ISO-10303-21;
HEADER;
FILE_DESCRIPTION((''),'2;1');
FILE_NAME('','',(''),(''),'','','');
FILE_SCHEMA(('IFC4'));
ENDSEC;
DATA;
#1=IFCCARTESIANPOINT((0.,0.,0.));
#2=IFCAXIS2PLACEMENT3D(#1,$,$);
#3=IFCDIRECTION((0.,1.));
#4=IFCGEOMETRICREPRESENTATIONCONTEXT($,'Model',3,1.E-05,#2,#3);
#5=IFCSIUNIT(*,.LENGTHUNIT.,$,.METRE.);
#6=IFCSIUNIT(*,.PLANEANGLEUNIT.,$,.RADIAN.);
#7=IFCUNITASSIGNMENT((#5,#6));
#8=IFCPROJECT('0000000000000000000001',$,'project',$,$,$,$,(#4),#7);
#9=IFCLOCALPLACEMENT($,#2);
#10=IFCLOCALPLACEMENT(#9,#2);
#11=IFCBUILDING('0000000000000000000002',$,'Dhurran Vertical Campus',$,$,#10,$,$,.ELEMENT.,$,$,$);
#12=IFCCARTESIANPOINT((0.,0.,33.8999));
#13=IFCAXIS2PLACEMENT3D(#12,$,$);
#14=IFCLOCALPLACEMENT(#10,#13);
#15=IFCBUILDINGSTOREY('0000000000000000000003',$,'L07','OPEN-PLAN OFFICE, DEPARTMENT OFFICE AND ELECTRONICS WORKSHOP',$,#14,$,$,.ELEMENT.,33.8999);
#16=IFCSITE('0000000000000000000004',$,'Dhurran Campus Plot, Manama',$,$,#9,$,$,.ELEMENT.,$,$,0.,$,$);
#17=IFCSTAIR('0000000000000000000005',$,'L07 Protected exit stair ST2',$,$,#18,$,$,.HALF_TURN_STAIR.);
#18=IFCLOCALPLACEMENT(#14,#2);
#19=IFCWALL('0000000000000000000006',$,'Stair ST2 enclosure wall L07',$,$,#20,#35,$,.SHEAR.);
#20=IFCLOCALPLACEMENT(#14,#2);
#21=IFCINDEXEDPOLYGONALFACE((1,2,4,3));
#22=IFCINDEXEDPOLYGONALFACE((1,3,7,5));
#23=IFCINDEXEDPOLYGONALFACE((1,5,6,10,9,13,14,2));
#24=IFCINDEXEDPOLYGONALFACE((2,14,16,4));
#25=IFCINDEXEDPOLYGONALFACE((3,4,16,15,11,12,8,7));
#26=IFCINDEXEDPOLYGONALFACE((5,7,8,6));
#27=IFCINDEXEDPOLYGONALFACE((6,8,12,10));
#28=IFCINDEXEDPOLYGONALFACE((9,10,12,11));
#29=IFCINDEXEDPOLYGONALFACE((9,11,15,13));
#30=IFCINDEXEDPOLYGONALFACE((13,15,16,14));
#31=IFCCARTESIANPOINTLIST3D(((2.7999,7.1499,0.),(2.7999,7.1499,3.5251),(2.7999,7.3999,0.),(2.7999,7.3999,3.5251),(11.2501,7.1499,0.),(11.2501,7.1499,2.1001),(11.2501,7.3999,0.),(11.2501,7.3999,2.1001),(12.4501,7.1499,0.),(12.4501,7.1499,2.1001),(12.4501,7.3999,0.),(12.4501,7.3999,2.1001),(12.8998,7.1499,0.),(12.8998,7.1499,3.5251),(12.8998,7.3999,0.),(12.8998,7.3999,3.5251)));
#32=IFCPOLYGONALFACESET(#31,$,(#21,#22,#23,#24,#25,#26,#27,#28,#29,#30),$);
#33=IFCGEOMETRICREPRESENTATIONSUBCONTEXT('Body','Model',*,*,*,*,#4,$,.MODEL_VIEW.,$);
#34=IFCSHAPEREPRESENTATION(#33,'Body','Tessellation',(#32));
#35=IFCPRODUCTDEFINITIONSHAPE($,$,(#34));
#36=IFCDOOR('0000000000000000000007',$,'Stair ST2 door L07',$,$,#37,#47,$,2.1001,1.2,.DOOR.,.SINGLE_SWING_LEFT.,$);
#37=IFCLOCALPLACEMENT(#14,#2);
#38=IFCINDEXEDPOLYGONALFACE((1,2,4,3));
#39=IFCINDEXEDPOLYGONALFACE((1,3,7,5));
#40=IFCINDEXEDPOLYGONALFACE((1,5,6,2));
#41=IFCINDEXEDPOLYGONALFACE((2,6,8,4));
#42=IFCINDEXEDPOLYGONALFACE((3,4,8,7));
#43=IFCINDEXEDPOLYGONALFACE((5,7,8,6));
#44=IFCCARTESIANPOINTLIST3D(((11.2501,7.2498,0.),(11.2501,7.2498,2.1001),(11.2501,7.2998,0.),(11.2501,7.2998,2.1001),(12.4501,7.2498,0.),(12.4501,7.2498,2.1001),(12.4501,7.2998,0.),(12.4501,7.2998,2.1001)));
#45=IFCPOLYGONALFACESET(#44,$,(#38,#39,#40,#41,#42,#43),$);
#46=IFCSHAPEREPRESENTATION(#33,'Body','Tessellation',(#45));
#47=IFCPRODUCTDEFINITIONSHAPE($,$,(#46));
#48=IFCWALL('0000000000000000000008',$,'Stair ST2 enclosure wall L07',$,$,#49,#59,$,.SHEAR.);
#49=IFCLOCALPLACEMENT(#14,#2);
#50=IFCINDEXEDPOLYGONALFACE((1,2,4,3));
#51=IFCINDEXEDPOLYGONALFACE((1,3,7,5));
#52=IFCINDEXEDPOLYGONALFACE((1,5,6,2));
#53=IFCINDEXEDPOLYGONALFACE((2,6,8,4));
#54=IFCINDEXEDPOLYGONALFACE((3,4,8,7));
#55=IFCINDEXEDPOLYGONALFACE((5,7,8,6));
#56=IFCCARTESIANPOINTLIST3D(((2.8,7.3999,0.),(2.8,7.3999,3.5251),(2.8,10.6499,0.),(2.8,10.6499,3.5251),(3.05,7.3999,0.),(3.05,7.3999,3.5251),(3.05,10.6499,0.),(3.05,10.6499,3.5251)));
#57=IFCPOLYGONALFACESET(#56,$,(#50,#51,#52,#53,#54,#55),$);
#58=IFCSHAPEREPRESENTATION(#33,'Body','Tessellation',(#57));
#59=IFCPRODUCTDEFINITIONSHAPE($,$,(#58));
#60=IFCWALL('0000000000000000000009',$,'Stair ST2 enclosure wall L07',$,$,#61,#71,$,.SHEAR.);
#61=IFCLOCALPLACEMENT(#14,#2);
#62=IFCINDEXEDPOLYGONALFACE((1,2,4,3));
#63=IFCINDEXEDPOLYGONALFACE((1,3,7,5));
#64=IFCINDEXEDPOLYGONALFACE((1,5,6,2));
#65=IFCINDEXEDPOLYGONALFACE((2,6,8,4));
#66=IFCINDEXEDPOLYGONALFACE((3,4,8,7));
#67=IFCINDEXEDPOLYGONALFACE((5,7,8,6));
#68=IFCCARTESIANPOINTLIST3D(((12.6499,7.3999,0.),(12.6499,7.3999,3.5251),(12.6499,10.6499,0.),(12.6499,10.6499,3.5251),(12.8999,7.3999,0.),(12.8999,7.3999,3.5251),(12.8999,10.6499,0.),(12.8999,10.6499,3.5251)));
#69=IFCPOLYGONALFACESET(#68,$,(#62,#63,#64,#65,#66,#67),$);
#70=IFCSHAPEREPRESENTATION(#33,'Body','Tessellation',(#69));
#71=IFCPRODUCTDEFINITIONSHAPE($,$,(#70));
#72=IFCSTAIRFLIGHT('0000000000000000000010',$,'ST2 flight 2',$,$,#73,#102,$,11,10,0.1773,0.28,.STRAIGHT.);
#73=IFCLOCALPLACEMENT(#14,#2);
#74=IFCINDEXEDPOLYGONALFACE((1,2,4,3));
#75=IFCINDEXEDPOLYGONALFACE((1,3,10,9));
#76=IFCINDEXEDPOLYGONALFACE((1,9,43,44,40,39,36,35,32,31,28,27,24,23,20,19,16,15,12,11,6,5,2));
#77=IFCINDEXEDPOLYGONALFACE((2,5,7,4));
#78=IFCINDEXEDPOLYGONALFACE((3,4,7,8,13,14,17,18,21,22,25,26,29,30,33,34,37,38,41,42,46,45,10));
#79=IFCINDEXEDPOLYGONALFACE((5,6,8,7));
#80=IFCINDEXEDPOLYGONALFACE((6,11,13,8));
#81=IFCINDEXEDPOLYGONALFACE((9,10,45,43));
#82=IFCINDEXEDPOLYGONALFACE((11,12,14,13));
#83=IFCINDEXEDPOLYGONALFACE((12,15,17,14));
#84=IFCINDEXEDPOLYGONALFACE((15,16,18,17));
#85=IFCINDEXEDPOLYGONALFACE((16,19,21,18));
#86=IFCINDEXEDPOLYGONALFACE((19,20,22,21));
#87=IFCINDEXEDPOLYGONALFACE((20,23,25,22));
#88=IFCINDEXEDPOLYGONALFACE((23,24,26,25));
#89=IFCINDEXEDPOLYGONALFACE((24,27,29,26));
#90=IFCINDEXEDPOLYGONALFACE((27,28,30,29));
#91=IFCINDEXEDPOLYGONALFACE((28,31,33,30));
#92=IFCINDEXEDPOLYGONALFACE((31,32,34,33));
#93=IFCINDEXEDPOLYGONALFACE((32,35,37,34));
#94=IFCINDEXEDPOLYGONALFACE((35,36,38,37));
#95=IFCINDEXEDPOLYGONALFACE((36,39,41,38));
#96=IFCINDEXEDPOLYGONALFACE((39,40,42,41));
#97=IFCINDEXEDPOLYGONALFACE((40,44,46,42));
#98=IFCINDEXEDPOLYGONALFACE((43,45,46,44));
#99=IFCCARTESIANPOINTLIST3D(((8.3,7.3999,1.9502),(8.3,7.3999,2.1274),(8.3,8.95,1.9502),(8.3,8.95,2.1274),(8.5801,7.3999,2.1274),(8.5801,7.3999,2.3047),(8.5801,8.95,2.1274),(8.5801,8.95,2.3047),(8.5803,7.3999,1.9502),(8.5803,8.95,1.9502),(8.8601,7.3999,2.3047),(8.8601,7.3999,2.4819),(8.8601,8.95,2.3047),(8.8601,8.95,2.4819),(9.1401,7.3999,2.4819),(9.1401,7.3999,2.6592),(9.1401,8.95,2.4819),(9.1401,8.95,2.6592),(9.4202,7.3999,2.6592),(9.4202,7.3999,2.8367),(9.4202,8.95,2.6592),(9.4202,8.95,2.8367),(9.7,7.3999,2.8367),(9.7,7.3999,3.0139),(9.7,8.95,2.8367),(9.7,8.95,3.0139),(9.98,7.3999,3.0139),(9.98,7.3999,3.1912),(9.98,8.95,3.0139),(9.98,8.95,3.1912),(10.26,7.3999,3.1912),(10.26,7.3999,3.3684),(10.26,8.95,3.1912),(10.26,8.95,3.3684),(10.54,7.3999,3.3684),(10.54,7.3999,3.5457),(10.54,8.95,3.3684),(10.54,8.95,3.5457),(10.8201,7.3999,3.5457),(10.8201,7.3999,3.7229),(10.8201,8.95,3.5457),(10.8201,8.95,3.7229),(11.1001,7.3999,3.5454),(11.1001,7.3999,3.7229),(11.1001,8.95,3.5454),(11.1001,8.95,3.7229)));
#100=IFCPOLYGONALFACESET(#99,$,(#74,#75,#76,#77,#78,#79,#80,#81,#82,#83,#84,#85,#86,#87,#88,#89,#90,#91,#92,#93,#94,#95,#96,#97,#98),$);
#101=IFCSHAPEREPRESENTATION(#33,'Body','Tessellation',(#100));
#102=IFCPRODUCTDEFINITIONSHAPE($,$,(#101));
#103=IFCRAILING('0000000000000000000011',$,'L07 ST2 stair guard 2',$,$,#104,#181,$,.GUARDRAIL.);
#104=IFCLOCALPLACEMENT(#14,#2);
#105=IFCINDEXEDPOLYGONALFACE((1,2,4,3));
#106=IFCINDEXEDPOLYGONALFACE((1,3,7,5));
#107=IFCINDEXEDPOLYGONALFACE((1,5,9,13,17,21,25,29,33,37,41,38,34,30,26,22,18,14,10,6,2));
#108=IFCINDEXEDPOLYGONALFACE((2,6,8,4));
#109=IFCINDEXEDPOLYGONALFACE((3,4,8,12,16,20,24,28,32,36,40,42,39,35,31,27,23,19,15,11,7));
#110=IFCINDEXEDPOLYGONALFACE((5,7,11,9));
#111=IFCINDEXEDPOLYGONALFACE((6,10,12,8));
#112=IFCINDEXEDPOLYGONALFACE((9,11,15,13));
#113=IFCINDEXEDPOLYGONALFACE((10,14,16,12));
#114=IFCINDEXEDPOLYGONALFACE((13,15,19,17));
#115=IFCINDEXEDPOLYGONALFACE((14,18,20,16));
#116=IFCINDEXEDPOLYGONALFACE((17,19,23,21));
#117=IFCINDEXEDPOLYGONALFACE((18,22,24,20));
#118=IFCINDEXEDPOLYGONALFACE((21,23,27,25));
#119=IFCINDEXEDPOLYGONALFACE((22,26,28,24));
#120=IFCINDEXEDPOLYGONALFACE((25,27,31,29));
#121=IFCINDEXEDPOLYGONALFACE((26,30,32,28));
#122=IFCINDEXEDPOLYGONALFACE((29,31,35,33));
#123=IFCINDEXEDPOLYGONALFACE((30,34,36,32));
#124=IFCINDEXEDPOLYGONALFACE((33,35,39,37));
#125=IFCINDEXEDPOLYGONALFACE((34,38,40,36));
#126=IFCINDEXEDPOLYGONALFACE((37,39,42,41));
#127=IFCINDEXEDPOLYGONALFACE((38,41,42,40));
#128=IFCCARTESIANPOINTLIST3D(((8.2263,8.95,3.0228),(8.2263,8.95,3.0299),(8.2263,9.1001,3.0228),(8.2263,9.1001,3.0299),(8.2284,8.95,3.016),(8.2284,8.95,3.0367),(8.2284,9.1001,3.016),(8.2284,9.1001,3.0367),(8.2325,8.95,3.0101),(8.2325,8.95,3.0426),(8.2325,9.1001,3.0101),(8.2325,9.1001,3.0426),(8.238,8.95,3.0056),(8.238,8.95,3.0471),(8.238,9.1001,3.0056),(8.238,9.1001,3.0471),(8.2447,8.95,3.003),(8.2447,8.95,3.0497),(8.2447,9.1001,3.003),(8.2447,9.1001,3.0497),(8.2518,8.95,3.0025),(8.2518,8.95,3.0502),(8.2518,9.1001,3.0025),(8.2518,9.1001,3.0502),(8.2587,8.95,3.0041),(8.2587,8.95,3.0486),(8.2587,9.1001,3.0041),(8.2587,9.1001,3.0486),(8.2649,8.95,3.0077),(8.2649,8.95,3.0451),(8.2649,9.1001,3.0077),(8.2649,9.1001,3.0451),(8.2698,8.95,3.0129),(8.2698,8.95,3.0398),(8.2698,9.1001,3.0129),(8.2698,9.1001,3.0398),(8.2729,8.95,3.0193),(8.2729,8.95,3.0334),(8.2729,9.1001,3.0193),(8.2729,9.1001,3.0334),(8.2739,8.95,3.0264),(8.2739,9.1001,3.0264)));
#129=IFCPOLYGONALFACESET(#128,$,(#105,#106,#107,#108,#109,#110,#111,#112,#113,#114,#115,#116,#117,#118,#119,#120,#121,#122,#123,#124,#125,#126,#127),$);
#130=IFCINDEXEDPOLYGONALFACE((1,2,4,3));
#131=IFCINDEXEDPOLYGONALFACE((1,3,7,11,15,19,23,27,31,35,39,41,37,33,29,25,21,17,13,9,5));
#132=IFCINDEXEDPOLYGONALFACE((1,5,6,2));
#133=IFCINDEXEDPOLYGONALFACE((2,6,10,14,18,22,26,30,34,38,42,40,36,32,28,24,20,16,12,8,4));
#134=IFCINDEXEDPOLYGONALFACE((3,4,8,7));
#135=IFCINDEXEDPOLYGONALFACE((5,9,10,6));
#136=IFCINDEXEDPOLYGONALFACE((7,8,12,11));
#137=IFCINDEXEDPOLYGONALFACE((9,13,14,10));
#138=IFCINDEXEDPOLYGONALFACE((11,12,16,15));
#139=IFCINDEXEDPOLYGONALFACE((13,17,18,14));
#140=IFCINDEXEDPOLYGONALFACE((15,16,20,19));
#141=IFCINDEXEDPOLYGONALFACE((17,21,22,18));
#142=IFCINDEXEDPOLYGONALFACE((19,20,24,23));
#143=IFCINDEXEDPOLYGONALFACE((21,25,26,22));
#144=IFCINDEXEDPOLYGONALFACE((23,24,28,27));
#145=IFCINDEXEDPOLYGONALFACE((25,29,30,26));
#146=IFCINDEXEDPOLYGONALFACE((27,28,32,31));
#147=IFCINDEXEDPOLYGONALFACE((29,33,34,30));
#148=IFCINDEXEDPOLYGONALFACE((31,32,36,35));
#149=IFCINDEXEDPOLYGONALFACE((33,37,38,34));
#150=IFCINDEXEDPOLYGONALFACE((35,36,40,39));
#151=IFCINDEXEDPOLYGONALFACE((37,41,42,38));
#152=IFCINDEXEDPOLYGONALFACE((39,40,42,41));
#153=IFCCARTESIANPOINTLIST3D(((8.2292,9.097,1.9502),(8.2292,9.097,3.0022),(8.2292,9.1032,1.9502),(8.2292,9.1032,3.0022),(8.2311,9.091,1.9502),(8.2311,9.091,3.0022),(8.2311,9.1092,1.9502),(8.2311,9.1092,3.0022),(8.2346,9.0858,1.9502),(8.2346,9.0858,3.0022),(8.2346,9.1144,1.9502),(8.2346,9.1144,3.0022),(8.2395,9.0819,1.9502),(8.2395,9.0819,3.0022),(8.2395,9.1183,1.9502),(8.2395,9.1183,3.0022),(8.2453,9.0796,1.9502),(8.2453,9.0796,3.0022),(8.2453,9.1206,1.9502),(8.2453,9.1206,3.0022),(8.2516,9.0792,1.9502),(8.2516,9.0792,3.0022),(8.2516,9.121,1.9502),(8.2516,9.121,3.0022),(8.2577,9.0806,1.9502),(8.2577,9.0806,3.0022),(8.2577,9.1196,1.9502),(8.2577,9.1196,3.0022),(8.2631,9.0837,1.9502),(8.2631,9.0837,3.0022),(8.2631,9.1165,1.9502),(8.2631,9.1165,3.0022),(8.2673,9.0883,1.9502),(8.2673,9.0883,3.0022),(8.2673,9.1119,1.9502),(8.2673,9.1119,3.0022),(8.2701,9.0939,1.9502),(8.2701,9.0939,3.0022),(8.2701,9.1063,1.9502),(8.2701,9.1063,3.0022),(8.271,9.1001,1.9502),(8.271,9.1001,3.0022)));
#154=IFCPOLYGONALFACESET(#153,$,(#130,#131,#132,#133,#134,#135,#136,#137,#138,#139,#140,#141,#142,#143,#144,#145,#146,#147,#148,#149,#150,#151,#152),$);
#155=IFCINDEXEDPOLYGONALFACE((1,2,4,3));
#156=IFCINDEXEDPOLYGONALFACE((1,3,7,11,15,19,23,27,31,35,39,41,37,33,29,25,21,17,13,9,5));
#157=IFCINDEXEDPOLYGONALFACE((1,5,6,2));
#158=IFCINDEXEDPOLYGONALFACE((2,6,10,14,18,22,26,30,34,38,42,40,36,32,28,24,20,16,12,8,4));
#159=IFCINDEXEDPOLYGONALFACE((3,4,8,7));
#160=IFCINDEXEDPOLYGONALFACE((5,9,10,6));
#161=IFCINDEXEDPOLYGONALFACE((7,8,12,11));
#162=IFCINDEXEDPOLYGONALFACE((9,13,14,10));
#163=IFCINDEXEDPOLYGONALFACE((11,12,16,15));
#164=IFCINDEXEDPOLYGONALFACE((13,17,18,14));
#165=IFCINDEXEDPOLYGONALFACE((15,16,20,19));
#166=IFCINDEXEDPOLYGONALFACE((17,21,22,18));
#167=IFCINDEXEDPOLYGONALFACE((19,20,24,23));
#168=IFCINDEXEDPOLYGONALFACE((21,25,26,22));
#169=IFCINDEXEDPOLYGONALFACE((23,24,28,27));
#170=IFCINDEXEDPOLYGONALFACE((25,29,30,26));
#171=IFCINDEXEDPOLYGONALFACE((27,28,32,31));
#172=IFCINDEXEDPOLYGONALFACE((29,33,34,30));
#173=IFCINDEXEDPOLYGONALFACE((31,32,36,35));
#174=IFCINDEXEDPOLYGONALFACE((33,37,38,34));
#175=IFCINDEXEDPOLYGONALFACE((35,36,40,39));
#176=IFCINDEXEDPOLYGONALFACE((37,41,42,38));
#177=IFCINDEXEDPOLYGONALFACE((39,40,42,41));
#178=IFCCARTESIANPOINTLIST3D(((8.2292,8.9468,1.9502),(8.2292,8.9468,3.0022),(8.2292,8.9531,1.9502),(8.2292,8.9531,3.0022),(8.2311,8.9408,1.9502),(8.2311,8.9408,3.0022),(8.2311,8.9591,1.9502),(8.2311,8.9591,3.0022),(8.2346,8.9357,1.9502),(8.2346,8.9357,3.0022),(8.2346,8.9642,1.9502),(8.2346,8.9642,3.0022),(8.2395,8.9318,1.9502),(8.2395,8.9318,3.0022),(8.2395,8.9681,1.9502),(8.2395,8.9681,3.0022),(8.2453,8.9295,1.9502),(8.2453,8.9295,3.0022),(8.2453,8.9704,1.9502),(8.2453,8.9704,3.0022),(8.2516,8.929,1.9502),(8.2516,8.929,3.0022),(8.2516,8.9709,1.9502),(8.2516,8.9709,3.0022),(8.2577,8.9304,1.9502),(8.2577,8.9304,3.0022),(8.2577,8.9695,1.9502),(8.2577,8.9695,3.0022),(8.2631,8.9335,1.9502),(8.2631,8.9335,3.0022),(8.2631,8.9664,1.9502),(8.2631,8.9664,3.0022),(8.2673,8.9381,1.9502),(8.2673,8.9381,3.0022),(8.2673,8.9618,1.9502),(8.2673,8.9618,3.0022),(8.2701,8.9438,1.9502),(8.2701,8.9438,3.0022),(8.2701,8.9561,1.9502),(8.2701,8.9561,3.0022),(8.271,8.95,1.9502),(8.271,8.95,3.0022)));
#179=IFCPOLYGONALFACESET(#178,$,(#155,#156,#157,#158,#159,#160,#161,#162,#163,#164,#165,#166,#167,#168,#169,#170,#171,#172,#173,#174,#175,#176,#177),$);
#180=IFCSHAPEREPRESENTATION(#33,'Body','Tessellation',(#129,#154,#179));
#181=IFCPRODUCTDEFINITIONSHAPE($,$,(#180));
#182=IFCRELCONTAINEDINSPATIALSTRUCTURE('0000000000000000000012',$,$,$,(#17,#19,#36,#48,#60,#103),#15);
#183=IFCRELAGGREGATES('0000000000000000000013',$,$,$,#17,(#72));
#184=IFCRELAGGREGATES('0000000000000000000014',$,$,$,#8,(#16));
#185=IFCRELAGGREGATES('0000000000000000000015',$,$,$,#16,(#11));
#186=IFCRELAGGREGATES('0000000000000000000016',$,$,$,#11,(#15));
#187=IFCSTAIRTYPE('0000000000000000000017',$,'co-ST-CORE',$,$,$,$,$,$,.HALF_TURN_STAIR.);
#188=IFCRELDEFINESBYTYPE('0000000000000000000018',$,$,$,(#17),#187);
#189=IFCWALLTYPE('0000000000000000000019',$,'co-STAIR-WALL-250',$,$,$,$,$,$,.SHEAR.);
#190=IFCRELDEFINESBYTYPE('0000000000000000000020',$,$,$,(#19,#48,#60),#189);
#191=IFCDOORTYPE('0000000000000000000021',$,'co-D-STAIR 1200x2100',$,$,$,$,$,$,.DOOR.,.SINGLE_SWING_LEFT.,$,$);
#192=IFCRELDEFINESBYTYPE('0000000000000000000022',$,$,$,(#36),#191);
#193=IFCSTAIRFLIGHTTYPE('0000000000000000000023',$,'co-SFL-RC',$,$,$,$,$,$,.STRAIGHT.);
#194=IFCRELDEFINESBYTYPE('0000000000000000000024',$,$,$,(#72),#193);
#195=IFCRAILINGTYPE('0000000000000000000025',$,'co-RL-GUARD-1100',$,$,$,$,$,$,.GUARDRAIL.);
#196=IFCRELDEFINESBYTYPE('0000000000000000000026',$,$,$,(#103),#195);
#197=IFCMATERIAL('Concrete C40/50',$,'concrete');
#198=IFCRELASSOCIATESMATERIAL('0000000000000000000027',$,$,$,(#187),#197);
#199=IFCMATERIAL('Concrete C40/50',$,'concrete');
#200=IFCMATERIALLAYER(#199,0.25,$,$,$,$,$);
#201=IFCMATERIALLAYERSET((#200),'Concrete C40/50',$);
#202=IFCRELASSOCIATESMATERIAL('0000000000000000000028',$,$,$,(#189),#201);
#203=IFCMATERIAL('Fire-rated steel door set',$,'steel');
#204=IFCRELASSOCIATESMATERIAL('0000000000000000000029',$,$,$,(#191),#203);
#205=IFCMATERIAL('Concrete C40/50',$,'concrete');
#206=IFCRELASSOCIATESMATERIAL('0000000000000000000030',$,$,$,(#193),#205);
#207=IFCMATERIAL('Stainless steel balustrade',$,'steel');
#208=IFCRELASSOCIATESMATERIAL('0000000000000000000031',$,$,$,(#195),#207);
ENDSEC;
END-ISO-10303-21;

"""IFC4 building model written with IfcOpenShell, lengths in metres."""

from ifc_helpers import new_model, si_unit, direction, frame, frame_2d, origin, origin_2d, place, context, subcontext, project, spatial, polyline, rectangle, circle, outline, extrude, material, layer, layer_set, type_object, element, fill, aggregate, save


model = new_model("IFC4")

# Units and contexts
model_context = context("Model", 3, precision=1e-05, world=origin(), true_north=direction((0.0, 1.0)))
body_context = subcontext(model_context, "Body", "Model", "MODEL_VIEW")
ifc_project = project(units=[si_unit("LENGTHUNIT", "METRE"), si_unit("PLANEANGLEUNIT", "RADIAN")], contexts=[model_context])

# Site, building, storey
site_placement = place(None, origin())
site = spatial("IfcSite", under=ifc_project, at=site_placement, Name="Dhurran Campus Plot, Manama", CompositionType="ELEMENT", RefElevation=0.0)
building_placement = place(site_placement, origin())
building = spatial("IfcBuilding", under=site, at=building_placement, Name="Dhurran Vertical Campus", CompositionType="ELEMENT")
storey_placement = place(building_placement, frame((0.0, 0.0, 33.8999)))
storey = spatial("IfcBuildingStorey", under=building, at=storey_placement, Name="L07", Description="OPEN-PLAN OFFICE, DEPARTMENT OFFICE AND ELECTRONICS WORKSHOP", CompositionType="ELEMENT", Elevation=33.8999)

# Stair
ifc_material_1 = material(Name="Concrete C40/50", Category="concrete")
stair_type = type_object("IfcStairType", Name="co-ST-CORE", PredefinedType="HALF_TURN_STAIR", material=ifc_material_1)
stair_1_placement = place(storey_placement, origin())
stair_1 = element("IfcStair", 1, at=stair_1_placement, inside=storey, type_object=stair_type, Name="L07 Protected exit stair ST2", PredefinedType="HALF_TURN_STAIR")

# Wall, opening, door
ifc_material_2 = material(Name="Concrete C40/50", Category="concrete")
ifc_layer_1 = layer(ifc_material_2, 0.25)
ifc_layer_set_1 = layer_set([ifc_layer_1], Name="Concrete C40/50")
wall_type_1 = type_object("IfcWallType", Name="co-STAIR-WALL-250", PredefinedType="SHEAR", material=ifc_layer_set_1)
wall_1_placement = place(storey_placement, frame((2.8, 7.2749, 0.0), z_axis=(0.0, 0.0, 1.0), x_axis=(1.0, 0.0, 0.0)))
wall_1 = element("IfcWall", 2, at=wall_1_placement, inside=storey, type_object=wall_type_1, Name="Stair ST2 enclosure wall L07", PredefinedType="SHEAR", context=body_context, shape_type="SweptSolid", body=[
    extrude(rectangle(XDim=10.0999, YDim=0.25, at=frame_2d((5.0498, 0.0))), origin(), (0.0, 0.0, 1.0), 3.5251),
])
opening_1_placement = place(wall_1_placement, frame((8.45, 0.0, 0.0)))
opening_1 = element("IfcOpeningElement", 3, at=opening_1_placement, cuts=wall_1, PredefinedType="OPENING", context=body_context, shape_type="SweptSolid", body=[
    extrude(rectangle(XDim=1.2, YDim=2.1001, at=frame_2d((0.6001, 1.05))), frame((0.0, 0.135, 0.0), z_axis=(0.0, -1.0, 0.0), x_axis=(1.0, 0.0, 0.0)), (0.0, 0.0, 1.0), 0.27),
])
ifc_material_3 = material(Name="Fire-rated steel door set", Category="steel")
door_type_1 = type_object("IfcDoorType", Name="co-D-STAIR 1200x2100", OperationType="SINGLE_SWING_LEFT", PredefinedType="DOOR", material=ifc_material_3)
door_1_placement = place(opening_1_placement, origin())
door_1 = element("IfcDoor", 4, at=door_1_placement, inside=storey, type_object=door_type_1, Name="Stair ST2 door L07", OperationType="SINGLE_SWING_LEFT", OverallHeight=2.1001, OverallWidth=1.2, PredefinedType="DOOR", context=body_context, shape_type="SweptSolid", body=[
    extrude(rectangle(XDim=1.2, YDim=2.1001, at=frame_2d((0.6001, 1.05))), frame((0.0, 0.0249, 0.0), z_axis=(0.0, -1.0, 0.0), x_axis=(1.0, 0.0, 0.0)), (0.0, 0.0, 1.0), 0.05),
])
fill(opening_1, door_1)

# Walls
for number, where, z_axis, x_axis, name in (
    (5, (2.925, 7.3999, 0.0), (0.0, 0.0, 1.0), (0.0, 1.0, 0.0), "Stair ST2 enclosure wall L07"),
    (6, (12.7749, 7.3999, 0.0), (0.0, 0.0, 1.0), (0.0, 1.0, 0.0), "Stair ST2 enclosure wall L07"),
):
    element("IfcWall", number, at=place(storey_placement, frame(where, z_axis=z_axis, x_axis=x_axis)), inside=storey, type_object=wall_type_1, Name=name, PredefinedType="SHEAR", context=body_context, shape_type="SweptSolid", body=[
        extrude(rectangle(XDim=3.25, YDim=0.25, at=frame_2d((1.625, 0.0))), origin(), (0.0, 0.0, 1.0), 3.5251),
    ])

# Stair flight
ifc_material_4 = material(Name="Concrete C40/50", Category="concrete")
stair_flight_type = type_object("IfcStairFlightType", Name="co-SFL-RC", PredefinedType="STRAIGHT", material=ifc_material_4)
stair_flight_placement = place(storey_placement, frame((8.3, 8.175, 1.9502), z_axis=(0.0, 0.0, 1.0), x_axis=(1.0, 0.0, 0.0)))
stair_flight = element("IfcStairFlight", 7, at=stair_flight_placement, type_object=stair_flight_type, Name="ST2 flight 2", NumberOfRisers=11, NumberOfTreads=10, PredefinedType="STRAIGHT", RiserHeight=0.1773, TreadLength=0.28, context=body_context, shape_type="SweptSolid", body=[
    extrude(outline(polyline([(0.0, 0.0), (0.0, 0.1772), (0.28, 0.1772), (0.28, 0.3545), (0.5601, 0.3545), (0.5601, 0.5317), (0.8401, 0.5317), (0.8401, 0.709), (1.1201, 0.709), (1.1201, 0.8865), (1.3999, 0.8865), (1.3999, 1.0637), (1.6799, 1.0637), (1.6799, 1.241), (1.96, 1.241), (1.96, 1.4182), (2.24, 1.4182), (2.24, 1.5955), (2.52, 1.5955), (2.52, 1.7727), (2.8, 1.7727), (2.8, 1.95), (2.8, 1.5952), (0.2803, 0.0), (0.0, 0.0)])), frame((0.0, 0.7749, 0.0), z_axis=(0.0, -1.0, 0.0), x_axis=(1.0, 0.0, 0.0)), (0.0, 0.0, 1.0), 1.55),
])
aggregate(stair_1, [stair_flight])

# Railing
ifc_material_5 = material(Name="Stainless steel balustrade", Category="steel")
railing_type_1 = type_object("IfcRailingType", Name="co-RL-GUARD-1100", PredefinedType="GUARDRAIL", material=ifc_material_5)
railing_1_placement = place(storey_placement, frame((8.25, 9.1001, 1.9502)))
element("IfcRailing", 8, at=railing_1_placement, inside=storey, type_object=railing_type_1, Name="L07 ST2 stair guard 2", PredefinedType="GUARDRAIL", context=body_context, shape_type="SweptSolid", body=[
    extrude(circle(Radius=0.0239, at=origin_2d()), frame((0.0, 0.0, 1.0762), z_axis=(0.0, -1.0, 0.0), x_axis=(1.0, 0.0, 0.0)), (0.0, 0.0, 1.0), 0.1501),
    extrude(circle(Radius=0.021, at=origin_2d()), origin(), (0.0, 0.0, 1.0), 1.052),
    extrude(circle(Radius=0.021, at=origin_2d()), frame((0.0, -0.1501, 0.0)), (0.0, 0.0, 1.0), 1.052),
])

save(model, "model.ifc")
